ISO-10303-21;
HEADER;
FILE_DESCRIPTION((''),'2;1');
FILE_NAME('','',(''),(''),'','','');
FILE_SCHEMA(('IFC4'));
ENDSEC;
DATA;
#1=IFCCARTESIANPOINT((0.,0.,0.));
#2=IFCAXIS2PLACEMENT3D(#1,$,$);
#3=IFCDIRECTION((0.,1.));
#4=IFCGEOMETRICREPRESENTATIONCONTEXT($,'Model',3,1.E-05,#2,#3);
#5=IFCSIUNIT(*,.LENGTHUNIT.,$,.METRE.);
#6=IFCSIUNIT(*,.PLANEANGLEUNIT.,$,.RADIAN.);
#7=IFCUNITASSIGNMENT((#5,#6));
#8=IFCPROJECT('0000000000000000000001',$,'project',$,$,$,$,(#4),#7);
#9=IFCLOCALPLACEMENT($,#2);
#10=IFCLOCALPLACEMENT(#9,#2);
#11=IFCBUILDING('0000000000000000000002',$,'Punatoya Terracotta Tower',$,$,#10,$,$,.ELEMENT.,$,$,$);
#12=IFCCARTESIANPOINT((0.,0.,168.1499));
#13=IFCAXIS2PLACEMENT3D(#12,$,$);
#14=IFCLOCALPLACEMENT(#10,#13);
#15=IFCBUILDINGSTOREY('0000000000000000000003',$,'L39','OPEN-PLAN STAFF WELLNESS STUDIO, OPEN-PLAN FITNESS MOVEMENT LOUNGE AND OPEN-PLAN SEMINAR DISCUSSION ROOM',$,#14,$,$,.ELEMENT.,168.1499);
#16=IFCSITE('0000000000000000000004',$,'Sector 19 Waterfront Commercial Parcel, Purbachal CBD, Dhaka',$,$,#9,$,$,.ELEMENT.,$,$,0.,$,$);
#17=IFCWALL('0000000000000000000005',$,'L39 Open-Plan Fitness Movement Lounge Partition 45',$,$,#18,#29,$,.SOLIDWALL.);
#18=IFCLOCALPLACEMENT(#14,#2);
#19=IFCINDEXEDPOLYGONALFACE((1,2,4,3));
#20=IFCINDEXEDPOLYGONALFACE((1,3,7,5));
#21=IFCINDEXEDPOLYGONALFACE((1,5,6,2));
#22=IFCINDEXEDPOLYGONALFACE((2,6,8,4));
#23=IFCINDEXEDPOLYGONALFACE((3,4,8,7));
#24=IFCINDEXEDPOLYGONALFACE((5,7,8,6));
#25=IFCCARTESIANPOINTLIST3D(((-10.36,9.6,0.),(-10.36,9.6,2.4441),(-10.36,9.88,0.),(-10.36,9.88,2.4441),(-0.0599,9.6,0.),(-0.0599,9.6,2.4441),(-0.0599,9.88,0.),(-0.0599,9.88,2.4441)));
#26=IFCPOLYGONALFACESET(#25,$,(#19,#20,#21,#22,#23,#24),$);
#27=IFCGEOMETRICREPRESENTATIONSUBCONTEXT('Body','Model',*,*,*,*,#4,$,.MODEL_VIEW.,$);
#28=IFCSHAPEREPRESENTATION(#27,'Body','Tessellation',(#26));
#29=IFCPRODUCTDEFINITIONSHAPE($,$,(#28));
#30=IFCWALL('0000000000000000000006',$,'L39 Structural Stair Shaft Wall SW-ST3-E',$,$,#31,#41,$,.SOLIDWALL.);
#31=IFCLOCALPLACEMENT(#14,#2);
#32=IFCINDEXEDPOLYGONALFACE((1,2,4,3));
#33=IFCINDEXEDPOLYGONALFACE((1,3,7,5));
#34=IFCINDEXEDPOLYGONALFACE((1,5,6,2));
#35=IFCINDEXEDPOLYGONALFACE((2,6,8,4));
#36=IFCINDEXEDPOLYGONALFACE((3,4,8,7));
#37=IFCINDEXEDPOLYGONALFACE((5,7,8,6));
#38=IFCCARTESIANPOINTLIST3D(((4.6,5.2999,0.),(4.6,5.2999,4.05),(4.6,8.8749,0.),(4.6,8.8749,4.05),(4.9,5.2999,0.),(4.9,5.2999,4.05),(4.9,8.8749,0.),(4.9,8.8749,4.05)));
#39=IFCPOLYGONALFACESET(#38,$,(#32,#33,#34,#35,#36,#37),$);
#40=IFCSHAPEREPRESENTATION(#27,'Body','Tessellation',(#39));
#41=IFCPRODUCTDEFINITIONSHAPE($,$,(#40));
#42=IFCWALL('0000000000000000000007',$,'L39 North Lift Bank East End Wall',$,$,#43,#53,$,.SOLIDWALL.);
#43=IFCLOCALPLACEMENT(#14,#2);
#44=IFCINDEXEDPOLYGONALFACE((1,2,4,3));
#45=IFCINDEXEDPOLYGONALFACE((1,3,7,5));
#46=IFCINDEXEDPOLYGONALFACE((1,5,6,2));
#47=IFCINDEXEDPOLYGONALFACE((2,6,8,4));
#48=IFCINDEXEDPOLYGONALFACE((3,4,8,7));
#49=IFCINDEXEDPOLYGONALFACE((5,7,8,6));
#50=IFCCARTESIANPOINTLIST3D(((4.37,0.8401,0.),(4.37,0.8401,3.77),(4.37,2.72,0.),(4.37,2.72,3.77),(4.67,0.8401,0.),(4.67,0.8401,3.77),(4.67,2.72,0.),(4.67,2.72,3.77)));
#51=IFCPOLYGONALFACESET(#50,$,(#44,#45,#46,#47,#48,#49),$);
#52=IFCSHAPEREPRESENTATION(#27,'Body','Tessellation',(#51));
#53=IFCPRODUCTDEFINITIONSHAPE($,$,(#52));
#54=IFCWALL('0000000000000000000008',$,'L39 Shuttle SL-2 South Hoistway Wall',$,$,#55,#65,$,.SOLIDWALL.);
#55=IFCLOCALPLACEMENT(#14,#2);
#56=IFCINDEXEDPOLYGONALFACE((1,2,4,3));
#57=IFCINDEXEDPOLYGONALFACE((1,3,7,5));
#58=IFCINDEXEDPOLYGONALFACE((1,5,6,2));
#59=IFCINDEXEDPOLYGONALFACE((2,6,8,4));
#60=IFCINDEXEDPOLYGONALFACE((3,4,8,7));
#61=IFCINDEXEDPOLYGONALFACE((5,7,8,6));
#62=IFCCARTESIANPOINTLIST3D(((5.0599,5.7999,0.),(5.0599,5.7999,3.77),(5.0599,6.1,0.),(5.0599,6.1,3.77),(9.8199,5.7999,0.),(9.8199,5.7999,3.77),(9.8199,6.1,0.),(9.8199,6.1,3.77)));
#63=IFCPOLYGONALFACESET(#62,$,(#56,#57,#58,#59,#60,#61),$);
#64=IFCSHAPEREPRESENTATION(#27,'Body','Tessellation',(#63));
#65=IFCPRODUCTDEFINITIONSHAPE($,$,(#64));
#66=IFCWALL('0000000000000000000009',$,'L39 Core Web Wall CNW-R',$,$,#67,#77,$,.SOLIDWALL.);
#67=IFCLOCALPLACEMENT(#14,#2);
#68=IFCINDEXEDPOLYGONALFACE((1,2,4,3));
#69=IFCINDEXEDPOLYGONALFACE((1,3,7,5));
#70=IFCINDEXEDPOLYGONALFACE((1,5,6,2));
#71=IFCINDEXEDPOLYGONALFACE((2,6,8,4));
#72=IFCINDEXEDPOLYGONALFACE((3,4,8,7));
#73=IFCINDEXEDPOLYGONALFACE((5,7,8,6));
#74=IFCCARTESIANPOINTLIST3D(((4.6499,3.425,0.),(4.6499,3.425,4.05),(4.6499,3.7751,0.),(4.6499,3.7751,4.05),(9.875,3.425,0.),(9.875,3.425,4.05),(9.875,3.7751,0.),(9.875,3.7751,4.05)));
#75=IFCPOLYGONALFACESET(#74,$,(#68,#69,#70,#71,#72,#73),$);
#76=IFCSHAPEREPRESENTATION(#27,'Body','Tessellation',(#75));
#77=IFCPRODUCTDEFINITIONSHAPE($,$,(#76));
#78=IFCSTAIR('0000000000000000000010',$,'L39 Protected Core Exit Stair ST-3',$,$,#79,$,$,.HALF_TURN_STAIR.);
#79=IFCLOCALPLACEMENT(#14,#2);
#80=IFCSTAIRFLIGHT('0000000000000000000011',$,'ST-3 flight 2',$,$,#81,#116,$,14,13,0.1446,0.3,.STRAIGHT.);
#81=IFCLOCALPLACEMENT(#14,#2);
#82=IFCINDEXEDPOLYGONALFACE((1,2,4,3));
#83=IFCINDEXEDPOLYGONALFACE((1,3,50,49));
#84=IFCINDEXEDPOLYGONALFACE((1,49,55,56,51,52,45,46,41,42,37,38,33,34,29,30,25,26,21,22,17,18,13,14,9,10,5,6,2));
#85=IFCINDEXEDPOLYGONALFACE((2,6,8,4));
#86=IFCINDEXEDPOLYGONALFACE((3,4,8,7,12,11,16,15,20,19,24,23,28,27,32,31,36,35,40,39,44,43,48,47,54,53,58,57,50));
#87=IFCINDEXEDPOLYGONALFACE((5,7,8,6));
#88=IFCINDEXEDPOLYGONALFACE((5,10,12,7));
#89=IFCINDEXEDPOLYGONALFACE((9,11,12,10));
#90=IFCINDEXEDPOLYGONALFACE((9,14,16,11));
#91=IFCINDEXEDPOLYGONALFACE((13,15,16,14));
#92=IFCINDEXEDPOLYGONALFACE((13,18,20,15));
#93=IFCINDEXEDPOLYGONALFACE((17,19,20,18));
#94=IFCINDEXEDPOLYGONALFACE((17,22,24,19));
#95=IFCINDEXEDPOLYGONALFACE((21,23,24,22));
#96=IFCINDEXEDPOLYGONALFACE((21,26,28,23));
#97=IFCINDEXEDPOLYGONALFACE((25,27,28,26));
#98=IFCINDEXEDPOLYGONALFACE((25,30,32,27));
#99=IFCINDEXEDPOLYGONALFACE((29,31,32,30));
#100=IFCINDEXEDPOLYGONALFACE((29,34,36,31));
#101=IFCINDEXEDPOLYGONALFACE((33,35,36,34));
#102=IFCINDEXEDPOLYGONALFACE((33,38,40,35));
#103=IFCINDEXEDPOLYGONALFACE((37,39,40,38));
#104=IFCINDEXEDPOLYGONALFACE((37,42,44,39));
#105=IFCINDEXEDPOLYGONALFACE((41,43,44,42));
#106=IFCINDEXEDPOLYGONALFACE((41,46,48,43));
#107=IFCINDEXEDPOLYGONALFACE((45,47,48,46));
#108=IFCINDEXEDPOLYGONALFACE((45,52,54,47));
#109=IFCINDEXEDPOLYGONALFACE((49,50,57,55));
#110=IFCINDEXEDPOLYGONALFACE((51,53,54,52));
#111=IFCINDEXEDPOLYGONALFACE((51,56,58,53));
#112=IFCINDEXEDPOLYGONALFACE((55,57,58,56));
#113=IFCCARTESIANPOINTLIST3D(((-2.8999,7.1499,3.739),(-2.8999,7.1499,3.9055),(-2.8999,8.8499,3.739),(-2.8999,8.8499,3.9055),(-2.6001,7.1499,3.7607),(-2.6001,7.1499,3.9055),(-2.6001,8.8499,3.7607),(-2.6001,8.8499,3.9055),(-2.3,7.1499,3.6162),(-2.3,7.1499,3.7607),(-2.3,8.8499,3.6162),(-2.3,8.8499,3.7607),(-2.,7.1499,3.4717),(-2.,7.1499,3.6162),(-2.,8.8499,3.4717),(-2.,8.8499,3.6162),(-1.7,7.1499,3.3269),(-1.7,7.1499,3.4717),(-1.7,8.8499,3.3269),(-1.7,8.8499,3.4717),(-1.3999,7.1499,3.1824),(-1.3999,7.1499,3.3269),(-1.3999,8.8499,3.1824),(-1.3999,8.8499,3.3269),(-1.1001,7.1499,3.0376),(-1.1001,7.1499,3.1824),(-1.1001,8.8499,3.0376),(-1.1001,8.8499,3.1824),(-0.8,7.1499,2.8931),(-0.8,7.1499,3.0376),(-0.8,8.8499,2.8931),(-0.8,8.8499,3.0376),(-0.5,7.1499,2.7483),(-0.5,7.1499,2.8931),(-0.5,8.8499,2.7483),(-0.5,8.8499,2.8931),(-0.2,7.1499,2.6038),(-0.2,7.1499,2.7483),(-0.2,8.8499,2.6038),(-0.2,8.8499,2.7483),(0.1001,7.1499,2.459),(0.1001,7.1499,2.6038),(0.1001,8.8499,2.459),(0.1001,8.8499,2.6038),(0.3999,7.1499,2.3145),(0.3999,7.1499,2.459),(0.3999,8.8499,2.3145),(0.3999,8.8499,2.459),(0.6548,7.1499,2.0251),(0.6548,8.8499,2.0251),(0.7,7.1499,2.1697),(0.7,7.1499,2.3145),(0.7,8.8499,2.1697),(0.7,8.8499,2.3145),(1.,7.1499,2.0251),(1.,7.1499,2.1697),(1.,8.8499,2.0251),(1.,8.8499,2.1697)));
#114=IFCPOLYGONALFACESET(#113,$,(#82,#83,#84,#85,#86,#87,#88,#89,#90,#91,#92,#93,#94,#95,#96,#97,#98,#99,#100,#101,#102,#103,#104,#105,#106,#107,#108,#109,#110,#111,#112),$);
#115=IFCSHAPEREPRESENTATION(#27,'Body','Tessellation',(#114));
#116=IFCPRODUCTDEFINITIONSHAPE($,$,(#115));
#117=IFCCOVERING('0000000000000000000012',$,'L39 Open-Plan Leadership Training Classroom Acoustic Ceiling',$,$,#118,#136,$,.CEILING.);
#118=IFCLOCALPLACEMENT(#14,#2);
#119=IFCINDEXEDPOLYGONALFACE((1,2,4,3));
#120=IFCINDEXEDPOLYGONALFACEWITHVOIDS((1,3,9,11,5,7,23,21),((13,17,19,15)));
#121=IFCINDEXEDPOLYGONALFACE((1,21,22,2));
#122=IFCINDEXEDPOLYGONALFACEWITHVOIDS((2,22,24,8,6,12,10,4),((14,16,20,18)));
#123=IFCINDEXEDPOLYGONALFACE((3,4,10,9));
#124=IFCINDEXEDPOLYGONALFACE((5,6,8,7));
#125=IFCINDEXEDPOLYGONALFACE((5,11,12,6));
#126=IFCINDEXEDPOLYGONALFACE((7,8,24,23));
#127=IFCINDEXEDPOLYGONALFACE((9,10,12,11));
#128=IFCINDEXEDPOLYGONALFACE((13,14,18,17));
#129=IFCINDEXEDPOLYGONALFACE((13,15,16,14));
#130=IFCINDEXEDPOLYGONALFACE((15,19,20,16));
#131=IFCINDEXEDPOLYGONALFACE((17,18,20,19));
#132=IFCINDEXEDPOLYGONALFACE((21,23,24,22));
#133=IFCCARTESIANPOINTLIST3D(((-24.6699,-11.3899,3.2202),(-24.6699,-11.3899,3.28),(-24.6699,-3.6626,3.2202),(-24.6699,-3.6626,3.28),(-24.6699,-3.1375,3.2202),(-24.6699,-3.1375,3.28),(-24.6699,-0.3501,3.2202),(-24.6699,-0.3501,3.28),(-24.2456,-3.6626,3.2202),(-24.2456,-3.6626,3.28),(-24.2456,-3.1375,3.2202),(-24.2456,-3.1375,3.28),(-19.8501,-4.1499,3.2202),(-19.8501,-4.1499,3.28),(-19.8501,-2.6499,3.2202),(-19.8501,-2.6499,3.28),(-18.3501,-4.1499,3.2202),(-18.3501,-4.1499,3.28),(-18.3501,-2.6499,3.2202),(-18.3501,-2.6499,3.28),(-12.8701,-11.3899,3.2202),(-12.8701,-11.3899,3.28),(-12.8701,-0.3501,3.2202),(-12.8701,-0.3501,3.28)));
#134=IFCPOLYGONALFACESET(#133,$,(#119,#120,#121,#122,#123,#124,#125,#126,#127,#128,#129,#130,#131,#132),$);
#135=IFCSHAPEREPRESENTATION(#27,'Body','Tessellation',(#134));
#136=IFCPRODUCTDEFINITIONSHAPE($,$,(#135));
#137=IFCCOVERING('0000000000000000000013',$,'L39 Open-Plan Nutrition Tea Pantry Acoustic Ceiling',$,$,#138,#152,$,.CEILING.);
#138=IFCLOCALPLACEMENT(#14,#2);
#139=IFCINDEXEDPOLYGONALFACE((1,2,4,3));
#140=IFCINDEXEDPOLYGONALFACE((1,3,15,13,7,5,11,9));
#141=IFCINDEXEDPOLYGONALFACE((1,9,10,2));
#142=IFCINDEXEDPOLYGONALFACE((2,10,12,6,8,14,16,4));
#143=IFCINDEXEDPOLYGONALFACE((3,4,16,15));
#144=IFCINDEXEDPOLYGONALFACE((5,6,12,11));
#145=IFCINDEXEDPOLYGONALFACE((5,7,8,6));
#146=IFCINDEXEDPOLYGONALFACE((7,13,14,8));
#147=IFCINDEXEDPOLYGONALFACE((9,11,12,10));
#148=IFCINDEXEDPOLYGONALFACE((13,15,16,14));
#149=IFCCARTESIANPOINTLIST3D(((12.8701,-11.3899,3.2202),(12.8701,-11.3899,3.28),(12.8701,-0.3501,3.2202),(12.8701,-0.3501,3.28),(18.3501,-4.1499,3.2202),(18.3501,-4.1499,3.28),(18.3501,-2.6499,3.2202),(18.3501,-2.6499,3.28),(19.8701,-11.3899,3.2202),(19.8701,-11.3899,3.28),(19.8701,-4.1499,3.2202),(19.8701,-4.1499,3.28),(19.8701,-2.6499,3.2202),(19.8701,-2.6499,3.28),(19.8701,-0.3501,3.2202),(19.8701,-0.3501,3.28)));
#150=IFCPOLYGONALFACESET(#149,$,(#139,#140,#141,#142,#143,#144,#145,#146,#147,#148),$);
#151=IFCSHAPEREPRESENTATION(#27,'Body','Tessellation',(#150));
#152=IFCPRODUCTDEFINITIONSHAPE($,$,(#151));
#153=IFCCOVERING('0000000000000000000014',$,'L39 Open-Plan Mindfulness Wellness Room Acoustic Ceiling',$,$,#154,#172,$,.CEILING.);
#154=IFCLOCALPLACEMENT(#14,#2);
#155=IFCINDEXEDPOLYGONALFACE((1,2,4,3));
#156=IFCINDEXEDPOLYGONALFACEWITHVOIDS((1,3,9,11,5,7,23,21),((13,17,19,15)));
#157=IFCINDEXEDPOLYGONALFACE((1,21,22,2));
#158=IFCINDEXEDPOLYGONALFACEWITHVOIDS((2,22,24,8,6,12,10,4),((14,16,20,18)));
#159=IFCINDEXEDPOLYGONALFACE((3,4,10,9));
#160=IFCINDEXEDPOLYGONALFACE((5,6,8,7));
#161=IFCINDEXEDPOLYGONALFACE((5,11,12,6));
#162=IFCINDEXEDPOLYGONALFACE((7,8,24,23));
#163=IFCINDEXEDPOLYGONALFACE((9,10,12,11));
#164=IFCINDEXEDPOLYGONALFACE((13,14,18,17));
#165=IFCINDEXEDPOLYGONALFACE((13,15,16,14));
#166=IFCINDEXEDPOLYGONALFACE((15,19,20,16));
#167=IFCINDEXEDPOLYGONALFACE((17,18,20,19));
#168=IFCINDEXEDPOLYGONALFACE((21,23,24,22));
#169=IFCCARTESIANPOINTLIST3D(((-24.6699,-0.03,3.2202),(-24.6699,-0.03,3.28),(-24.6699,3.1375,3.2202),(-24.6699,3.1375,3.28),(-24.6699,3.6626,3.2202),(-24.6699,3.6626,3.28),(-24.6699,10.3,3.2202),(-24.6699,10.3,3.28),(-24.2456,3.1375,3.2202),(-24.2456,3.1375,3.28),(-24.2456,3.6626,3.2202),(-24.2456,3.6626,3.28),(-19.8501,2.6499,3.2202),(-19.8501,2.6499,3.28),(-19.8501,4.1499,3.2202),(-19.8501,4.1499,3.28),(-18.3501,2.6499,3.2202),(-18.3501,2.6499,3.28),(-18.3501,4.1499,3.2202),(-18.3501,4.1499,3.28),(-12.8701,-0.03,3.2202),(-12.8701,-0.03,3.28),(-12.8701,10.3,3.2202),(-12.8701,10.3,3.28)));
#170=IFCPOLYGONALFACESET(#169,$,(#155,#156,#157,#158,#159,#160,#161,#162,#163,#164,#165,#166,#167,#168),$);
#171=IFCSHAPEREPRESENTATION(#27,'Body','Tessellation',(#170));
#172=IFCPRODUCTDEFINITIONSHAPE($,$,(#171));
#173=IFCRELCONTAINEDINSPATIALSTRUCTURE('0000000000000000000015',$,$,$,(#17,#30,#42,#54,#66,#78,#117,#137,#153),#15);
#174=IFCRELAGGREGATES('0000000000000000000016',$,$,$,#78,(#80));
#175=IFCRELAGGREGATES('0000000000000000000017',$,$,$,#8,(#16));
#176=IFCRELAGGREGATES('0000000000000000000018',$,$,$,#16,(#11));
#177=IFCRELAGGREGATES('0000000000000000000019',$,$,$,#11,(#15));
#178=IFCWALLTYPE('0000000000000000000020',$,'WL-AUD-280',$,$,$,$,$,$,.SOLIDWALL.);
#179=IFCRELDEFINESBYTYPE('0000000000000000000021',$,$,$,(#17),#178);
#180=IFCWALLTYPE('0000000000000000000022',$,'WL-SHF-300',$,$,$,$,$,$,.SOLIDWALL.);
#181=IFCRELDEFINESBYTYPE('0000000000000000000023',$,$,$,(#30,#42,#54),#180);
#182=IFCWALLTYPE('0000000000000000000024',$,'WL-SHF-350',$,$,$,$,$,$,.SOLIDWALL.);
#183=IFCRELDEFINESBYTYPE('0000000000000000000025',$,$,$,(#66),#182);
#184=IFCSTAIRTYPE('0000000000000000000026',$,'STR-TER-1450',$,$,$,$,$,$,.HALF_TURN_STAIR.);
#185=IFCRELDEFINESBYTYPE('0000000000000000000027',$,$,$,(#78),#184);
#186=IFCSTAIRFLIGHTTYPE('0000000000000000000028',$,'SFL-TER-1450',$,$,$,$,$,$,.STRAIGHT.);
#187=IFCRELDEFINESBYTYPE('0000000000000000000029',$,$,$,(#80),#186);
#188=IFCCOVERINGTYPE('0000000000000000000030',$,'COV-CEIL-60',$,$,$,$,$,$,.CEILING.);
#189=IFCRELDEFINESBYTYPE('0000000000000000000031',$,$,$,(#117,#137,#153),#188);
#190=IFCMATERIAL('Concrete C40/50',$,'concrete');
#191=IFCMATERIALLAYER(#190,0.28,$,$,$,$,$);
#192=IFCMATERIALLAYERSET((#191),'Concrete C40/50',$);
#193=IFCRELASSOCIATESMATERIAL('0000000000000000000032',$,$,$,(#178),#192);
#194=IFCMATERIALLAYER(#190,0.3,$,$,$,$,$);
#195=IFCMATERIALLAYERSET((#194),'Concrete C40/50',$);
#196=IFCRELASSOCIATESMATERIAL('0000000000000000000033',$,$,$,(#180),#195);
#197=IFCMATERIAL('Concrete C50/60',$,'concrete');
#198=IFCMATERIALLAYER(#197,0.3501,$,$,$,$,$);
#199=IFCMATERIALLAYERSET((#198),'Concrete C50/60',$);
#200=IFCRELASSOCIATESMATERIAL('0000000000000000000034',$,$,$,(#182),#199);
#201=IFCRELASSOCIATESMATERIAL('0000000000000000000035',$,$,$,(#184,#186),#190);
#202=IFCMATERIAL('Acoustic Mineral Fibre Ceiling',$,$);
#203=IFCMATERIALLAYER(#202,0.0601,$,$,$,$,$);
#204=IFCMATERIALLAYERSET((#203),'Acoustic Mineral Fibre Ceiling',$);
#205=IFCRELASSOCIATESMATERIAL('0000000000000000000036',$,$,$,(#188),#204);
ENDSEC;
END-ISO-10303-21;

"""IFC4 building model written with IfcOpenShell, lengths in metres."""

from ifc_helpers import new_model, si_unit, direction, frame, frame_2d, origin, place, context, subcontext, project, spatial, polyline, rectangle, outline, extrude, material, layer, layer_set, type_object, element, aggregate, save


model = new_model("IFC4")

# Units and contexts
model_context = context("Model", 3, precision=1e-05, world=origin(), true_north=direction((0.0, 1.0)))
body_context = subcontext(model_context, "Body", "Model", "MODEL_VIEW")
ifc_project = project(units=[si_unit("LENGTHUNIT", "METRE"), si_unit("PLANEANGLEUNIT", "RADIAN")], contexts=[model_context])

# Site, building, storey
site_placement = place(None, origin())
site = spatial("IfcSite", under=ifc_project, at=site_placement, Name="Sector 19 Waterfront Commercial Parcel, Purbachal CBD, Dhaka", CompositionType="ELEMENT", RefElevation=0.0)
building_placement = place(site_placement, origin())
building = spatial("IfcBuilding", under=site, at=building_placement, Name="Punatoya Terracotta Tower", CompositionType="ELEMENT")
storey_placement = place(building_placement, frame((0.0, 0.0, 168.1499)))
storey = spatial("IfcBuildingStorey", under=building, at=storey_placement, Name="L39", Description="OPEN-PLAN STAFF WELLNESS STUDIO, OPEN-PLAN FITNESS MOVEMENT LOUNGE AND OPEN-PLAN SEMINAR DISCUSSION ROOM", CompositionType="ELEMENT", Elevation=168.1499)

# Walls
ifc_material_1 = material(Name="Concrete C40/50", Category="concrete")
ifc_layer_1 = layer(ifc_material_1, 0.28)
ifc_layer_set_1 = layer_set([ifc_layer_1], Name="Concrete C40/50")
wall_type_1 = type_object("IfcWallType", Name="WL-AUD-280", PredefinedType="SOLIDWALL", material=ifc_layer_set_1)
wall_1_placement = place(storey_placement, frame((-0.0601, 9.74, 0.0), z_axis=(0.0, 0.0, 1.0), x_axis=(-1.0, 0.0, 0.0)))
element("IfcWall", 1, at=wall_1_placement, inside=storey, type_object=wall_type_1, Name="L39 Open-Plan Fitness Movement Lounge Partition 45", PredefinedType="SOLIDWALL", context=body_context, shape_type="SweptSolid", body=[
    extrude(rectangle(XDim=10.3, YDim=0.28, at=frame_2d((5.1499, 0.0))), origin(), (0.0, 0.0, 1.0), 2.4441),
])
ifc_layer_2 = layer(ifc_material_1, 0.3)
ifc_layer_set_2 = layer_set([ifc_layer_2], Name="Concrete C40/50")
wall_type_2 = type_object("IfcWallType", Name="WL-SHF-300", PredefinedType="SOLIDWALL", material=ifc_layer_set_2)
wall_2_placement = place(storey_placement, frame((4.75, 8.875, 0.0), z_axis=(0.0, 0.0, 1.0), x_axis=(0.0, -1.0, 0.0)))
element("IfcWall", 2, at=wall_2_placement, inside=storey, type_object=wall_type_2, Name="L39 Structural Stair Shaft Wall SW-ST3-E", PredefinedType="SOLIDWALL", context=body_context, shape_type="SweptSolid", body=[
    extrude(rectangle(XDim=3.575, YDim=0.3, at=frame_2d((1.7876, 0.0))), origin(), (0.0, 0.0, 1.0), 4.05),
])
wall_3_placement = place(storey_placement, frame((4.52, 0.8401, 0.0), z_axis=(0.0, 0.0, 1.0), x_axis=(0.0, 1.0, 0.0)))
element("IfcWall", 3, at=wall_3_placement, inside=storey, type_object=wall_type_2, Name="L39 North Lift Bank East End Wall", PredefinedType="SOLIDWALL", context=body_context, shape_type="SweptSolid", body=[
    extrude(rectangle(XDim=1.8799, YDim=0.3, at=frame_2d((0.9399, 0.0))), origin(), (0.0, 0.0, 1.0), 3.77),
])
wall_4_placement = place(storey_placement, frame((5.0601, 5.95, 0.0), z_axis=(0.0, 0.0, 1.0), x_axis=(1.0, 0.0, 0.0)))
element("IfcWall", 4, at=wall_4_placement, inside=storey, type_object=wall_type_2, Name="L39 Shuttle SL-2 South Hoistway Wall", PredefinedType="SOLIDWALL", context=body_context, shape_type="SweptSolid", body=[
    extrude(rectangle(XDim=4.76, YDim=0.3, at=frame_2d((2.3799, 0.0))), origin(), (0.0, 0.0, 1.0), 3.77),
])
ifc_material_2 = material(Name="Concrete C50/60", Category="concrete")
ifc_layer_3 = layer(ifc_material_2, 0.3501)
ifc_layer_set_3 = layer_set([ifc_layer_3], Name="Concrete C50/60")
wall_type_3 = type_object("IfcWallType", Name="WL-SHF-350", PredefinedType="SOLIDWALL", material=ifc_layer_set_3)
wall_5_placement = place(storey_placement, frame((4.6499, 3.6001, 0.0), z_axis=(0.0, 0.0, 1.0), x_axis=(1.0, 0.0, 0.0)))
element("IfcWall", 5, at=wall_5_placement, inside=storey, type_object=wall_type_3, Name="L39 Core Web Wall CNW-R", PredefinedType="SOLIDWALL", context=body_context, shape_type="SweptSolid", body=[
    extrude(rectangle(XDim=5.2251, YDim=0.3501, at=frame_2d((2.6125, 0.0))), origin(), (0.0, 0.0, 1.0), 4.05),
])

# Stair, stair flight
stair_type = type_object("IfcStairType", Name="STR-TER-1450", PredefinedType="HALF_TURN_STAIR", material=ifc_material_1)
stair_placement = place(storey_placement, origin())
stair = element("IfcStair", 6, at=stair_placement, inside=storey, type_object=stair_type, Name="L39 Protected Core Exit Stair ST-3", PredefinedType="HALF_TURN_STAIR")
stair_flight_type = type_object("IfcStairFlightType", Name="SFL-TER-1450", PredefinedType="STRAIGHT", material=ifc_material_1)
stair_flight_placement = place(storey_placement, frame((1.0, 8.0, 2.0251), z_axis=(0.0, 0.0, 1.0), x_axis=(-1.0, 0.0, 0.0)))
stair_flight = element("IfcStairFlight", 7, at=stair_flight_placement, type_object=stair_flight_type, Name="ST-3 flight 2", NumberOfRisers=14, NumberOfTreads=13, PredefinedType="STRAIGHT", RiserHeight=0.1446, TreadLength=0.3, context=body_context, shape_type="SweptSolid", body=[
    extrude(outline(polyline([(0.0, 0.0), (0.0, 0.1445), (0.3, 0.1445), (0.3, 0.2893), (0.6001, 0.2893), (0.6001, 0.4338), (0.8999, 0.4338), (0.8999, 0.5786), (1.2, 0.5786), (1.2, 0.7231), (1.5, 0.7231), (1.5, 0.8679), (1.8, 0.8679), (1.8, 1.0125), (2.1001, 1.0125), (2.1001, 1.1572), (2.3999, 1.1572), (2.3999, 1.3018), (2.7, 1.3018), (2.7, 1.4465), (3.0, 1.4465), (3.0, 1.5911), (3.3, 1.5911), (3.3, 1.7356), (3.6001, 1.7356), (3.6001, 1.8804), (3.8999, 1.8804), (3.8999, 2.0249), (3.8999, 1.7139), (0.3452, 0.0), (0.0, 0.0)])), frame((0.0, 0.8501, 0.0), z_axis=(0.0, -1.0, 0.0), x_axis=(1.0, 0.0, 0.0)), (0.0, 0.0, 1.0), 1.7),
])
aggregate(stair, [stair_flight])

# Coverings
ifc_material_3 = material(Name="Acoustic Mineral Fibre Ceiling")
ifc_layer_4 = layer(ifc_material_3, 0.0601)
ifc_layer_set_4 = layer_set([ifc_layer_4], Name="Acoustic Mineral Fibre Ceiling")
covering_type = type_object("IfcCoveringType", Name="COV-CEIL-60", PredefinedType="CEILING", material=ifc_layer_set_4)
covering_1_placement = place(storey_placement, frame((0.0, 0.0, 3.2202)))
element("IfcCovering", 8, at=covering_1_placement, inside=storey, type_object=covering_type, Name="L39 Open-Plan Leadership Training Classroom Acoustic Ceiling", PredefinedType="CEILING", context=body_context, shape_type="SweptSolid", body=[
    extrude(outline(polyline([(-24.6699, -3.6626), (-24.6699, -11.3899), (-12.8701, -11.3899), (-12.8701, -0.3501), (-24.6699, -0.3501), (-24.6699, -3.1375), (-24.2456, -3.1375), (-24.2456, -3.6626), (-24.6699, -3.6626)]), holes=[polyline([(-18.3501, -4.1499), (-19.8501, -4.1499), (-19.8501, -2.6499), (-18.3501, -2.6499), (-18.3501, -4.1499)])]), origin(), (0.0, 0.0, 1.0), 0.0598),
])
covering_2_placement = place(storey_placement, frame((0.0, 0.0, 3.2202)))
element("IfcCovering", 9, at=covering_2_placement, inside=storey, type_object=covering_type, Name="L39 Open-Plan Nutrition Tea Pantry Acoustic Ceiling", PredefinedType="CEILING", context=body_context, shape_type="SweptSolid", body=[
    extrude(outline(polyline([(18.3501, -4.1499), (18.3501, -2.6499), (19.8701, -2.6499), (19.8701, -0.3501), (12.8701, -0.3501), (12.8701, -11.3899), (19.8701, -11.3899), (19.8701, -4.1499), (18.3501, -4.1499)])), origin(), (0.0, 0.0, 1.0), 0.0598),
])
covering_3_placement = place(storey_placement, frame((0.0, 0.0, 3.2202)))
element("IfcCovering", 10, at=covering_3_placement, inside=storey, type_object=covering_type, Name="L39 Open-Plan Mindfulness Wellness Room Acoustic Ceiling", PredefinedType="CEILING", context=body_context, shape_type="SweptSolid", body=[
    extrude(outline(polyline([(-24.6699, 3.1375), (-24.6699, -0.03), (-12.8701, -0.03), (-12.8701, 10.3), (-24.6699, 10.3), (-24.6699, 3.6626), (-24.2456, 3.6626), (-24.2456, 3.1375), (-24.6699, 3.1375)]), holes=[polyline([(-18.3501, 4.1499), (-18.3501, 2.6499), (-19.8501, 2.6499), (-19.8501, 4.1499), (-18.3501, 4.1499)])]), origin(), (0.0, 0.0, 1.0), 0.0598),
])

save(model, "model.ifc")
